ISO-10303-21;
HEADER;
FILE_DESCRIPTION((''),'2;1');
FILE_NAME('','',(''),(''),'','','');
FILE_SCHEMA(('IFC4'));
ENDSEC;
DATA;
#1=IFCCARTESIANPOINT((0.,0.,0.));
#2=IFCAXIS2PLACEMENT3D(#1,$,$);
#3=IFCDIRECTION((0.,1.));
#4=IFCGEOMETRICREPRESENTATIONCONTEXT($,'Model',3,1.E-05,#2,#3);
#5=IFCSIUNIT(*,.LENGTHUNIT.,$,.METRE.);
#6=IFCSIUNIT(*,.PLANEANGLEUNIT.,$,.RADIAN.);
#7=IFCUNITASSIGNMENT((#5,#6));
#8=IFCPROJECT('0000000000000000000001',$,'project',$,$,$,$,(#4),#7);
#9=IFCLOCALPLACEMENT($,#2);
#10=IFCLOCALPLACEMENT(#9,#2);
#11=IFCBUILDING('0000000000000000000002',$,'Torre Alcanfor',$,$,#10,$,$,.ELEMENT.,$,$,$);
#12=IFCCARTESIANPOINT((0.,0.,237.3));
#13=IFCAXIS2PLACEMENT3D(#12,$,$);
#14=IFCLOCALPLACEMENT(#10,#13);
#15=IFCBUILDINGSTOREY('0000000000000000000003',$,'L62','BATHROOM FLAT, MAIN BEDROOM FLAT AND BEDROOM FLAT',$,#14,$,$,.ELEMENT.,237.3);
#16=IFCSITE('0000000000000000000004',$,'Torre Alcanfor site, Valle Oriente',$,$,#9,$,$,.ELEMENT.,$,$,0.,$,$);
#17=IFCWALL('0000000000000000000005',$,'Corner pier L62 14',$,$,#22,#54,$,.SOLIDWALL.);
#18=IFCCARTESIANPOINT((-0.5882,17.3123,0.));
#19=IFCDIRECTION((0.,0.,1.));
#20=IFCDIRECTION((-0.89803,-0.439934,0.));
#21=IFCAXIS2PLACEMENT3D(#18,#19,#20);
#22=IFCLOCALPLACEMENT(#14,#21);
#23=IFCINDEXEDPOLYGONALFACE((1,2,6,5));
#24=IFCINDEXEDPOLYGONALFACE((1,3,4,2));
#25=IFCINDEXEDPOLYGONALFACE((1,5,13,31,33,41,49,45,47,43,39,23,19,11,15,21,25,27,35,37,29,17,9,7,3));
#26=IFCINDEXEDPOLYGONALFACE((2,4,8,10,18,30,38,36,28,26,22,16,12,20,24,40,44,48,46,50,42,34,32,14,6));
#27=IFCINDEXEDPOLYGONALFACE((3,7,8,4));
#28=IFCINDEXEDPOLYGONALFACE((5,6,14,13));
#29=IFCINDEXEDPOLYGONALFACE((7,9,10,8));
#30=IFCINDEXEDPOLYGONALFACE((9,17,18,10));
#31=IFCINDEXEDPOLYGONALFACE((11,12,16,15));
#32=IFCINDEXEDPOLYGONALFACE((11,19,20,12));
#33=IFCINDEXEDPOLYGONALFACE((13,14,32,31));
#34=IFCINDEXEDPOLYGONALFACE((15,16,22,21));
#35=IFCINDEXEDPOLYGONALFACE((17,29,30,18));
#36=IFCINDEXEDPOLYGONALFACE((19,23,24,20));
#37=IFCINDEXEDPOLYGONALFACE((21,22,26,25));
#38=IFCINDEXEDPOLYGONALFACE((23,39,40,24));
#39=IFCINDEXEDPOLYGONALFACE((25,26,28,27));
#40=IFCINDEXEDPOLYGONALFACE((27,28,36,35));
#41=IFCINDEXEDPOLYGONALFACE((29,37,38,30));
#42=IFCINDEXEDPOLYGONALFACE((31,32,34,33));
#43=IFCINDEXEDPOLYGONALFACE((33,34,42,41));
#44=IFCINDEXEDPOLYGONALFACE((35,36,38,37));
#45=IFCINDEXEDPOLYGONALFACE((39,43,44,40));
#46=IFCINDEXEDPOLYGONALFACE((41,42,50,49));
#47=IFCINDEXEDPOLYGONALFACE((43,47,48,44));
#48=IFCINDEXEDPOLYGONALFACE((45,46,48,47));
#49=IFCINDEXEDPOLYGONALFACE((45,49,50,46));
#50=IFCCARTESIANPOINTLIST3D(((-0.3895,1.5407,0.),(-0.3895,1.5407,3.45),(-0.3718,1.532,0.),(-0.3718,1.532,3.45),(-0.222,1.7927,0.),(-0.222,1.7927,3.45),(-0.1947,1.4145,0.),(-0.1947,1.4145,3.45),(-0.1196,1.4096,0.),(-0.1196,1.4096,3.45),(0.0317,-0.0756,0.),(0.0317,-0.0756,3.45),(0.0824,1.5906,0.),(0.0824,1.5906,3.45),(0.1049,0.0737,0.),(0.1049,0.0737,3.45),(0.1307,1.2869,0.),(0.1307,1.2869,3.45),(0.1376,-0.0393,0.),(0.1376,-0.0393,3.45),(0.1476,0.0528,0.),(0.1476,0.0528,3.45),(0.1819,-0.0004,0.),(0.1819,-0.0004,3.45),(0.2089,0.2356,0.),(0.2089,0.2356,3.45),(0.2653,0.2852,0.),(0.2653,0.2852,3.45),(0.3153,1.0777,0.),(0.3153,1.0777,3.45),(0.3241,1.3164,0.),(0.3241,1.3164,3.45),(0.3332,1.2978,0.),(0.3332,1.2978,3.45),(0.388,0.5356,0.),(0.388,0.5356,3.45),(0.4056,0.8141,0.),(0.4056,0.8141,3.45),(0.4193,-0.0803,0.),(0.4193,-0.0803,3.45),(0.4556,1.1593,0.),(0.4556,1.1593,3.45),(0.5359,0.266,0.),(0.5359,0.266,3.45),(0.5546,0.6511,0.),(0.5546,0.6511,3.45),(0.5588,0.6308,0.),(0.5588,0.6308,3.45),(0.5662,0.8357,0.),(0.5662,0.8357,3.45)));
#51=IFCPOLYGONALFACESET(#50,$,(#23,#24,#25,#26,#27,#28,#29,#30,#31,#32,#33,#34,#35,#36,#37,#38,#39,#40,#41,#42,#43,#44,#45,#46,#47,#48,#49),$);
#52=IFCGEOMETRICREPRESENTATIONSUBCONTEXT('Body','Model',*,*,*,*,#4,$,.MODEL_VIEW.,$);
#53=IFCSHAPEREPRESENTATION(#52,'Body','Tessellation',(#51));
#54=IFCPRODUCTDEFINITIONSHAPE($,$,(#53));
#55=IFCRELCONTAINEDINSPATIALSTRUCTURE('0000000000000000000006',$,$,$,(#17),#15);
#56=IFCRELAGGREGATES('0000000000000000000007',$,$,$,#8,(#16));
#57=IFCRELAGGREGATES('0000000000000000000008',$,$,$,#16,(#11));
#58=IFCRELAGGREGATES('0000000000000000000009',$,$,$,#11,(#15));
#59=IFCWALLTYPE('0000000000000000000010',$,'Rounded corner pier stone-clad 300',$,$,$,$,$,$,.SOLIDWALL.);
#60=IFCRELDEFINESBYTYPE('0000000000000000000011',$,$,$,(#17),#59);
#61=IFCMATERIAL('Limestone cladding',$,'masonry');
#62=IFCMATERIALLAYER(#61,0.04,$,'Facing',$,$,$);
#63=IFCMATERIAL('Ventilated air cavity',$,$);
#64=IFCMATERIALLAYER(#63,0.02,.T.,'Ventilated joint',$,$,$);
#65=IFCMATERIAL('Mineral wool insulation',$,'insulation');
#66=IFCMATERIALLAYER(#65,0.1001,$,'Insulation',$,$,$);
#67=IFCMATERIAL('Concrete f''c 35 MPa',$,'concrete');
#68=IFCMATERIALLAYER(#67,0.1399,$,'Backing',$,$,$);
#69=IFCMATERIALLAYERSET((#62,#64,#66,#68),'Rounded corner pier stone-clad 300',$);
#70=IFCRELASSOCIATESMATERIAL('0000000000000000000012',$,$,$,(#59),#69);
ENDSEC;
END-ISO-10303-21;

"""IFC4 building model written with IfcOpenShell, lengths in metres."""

from ifc_helpers import new_model, si_unit, direction, frame, origin, place, context, subcontext, project, spatial, polyline, outline, extrude, material, layer, layer_set, type_object, element, save


model = new_model("IFC4")

# Units and contexts
model_context = context("Model", 3, precision=1e-05, world=origin(), true_north=direction((0.0, 1.0)))
body_context = subcontext(model_context, "Body", "Model", "MODEL_VIEW")
ifc_project = project(units=[si_unit("LENGTHUNIT", "METRE"), si_unit("PLANEANGLEUNIT", "RADIAN")], contexts=[model_context])

# Site, building, storey
site_placement = place(None, origin())
site = spatial("IfcSite", under=ifc_project, at=site_placement, Name="Torre Alcanfor site, Valle Oriente", CompositionType="ELEMENT", RefElevation=0.0)
building_placement = place(site_placement, origin())
building = spatial("IfcBuilding", under=site, at=building_placement, Name="Torre Alcanfor", CompositionType="ELEMENT")
storey_placement = place(building_placement, frame((0.0, 0.0, 237.3)))
storey = spatial("IfcBuildingStorey", under=building, at=storey_placement, Name="L62", Description="BATHROOM FLAT, MAIN BEDROOM FLAT AND BEDROOM FLAT", CompositionType="ELEMENT", Elevation=237.3)

# Wall
ifc_material_1 = material(Name="Limestone cladding", Category="masonry")
ifc_layer_1 = layer(ifc_material_1, 0.04, Name="Facing")
ifc_material_2 = material(Name="Ventilated air cavity")
ifc_layer_2 = layer(ifc_material_2, 0.02, ventilated=True, Name="Ventilated joint")
ifc_material_3 = material(Name="Mineral wool insulation", Category="insulation")
ifc_layer_3 = layer(ifc_material_3, 0.1001, Name="Insulation")
ifc_material_4 = material(Name="Concrete f'c 35 MPa", Category="concrete")
ifc_layer_4 = layer(ifc_material_4, 0.1399, Name="Backing")
ifc_layer_set_1 = layer_set([ifc_layer_1, ifc_layer_2, ifc_layer_3, ifc_layer_4], Name="Rounded corner pier stone-clad 300")
wall_type_1 = type_object("IfcWallType", Name="Rounded corner pier stone-clad 300", PredefinedType="SOLIDWALL", material=ifc_layer_set_1)
wall_1_placement = place(storey_placement, frame((-0.5882, 17.3123, 0.0), z_axis=(0.0, 0.0, 1.0), x_axis=(-0.89803, -0.439934, 0.0)))
element("IfcWall", 1, at=wall_1_placement, inside=storey, type_object=wall_type_1, Name="Corner pier L62 14", PredefinedType="SOLIDWALL", context=body_context, shape_type="SweptSolid", body=[
    extrude(outline(polyline([(-0.222, 1.7927), (-0.3895, 1.5407), (-0.3718, 1.532), (-0.1947, 1.4145), (-0.1196, 1.4096), (0.1307, 1.2869), (0.3153, 1.0777), (0.4056, 0.8141), (0.388, 0.5356), (0.2653, 0.2852), (0.2089, 0.2356), (0.1476, 0.0528), (0.1049, 0.0737), (0.0317, -0.0756), (0.1376, -0.0393), (0.1819, -0.0004), (0.4193, -0.0803), (0.5359, 0.266), (0.5588, 0.6308), (0.5546, 0.6511), (0.5662, 0.8357), (0.4556, 1.1593), (0.3332, 1.2978), (0.3241, 1.3164), (0.0824, 1.5906), (-0.222, 1.7927)])), origin(), (0.0, 0.0, 1.0), 3.45),
])

save(model, "model.ifc")
